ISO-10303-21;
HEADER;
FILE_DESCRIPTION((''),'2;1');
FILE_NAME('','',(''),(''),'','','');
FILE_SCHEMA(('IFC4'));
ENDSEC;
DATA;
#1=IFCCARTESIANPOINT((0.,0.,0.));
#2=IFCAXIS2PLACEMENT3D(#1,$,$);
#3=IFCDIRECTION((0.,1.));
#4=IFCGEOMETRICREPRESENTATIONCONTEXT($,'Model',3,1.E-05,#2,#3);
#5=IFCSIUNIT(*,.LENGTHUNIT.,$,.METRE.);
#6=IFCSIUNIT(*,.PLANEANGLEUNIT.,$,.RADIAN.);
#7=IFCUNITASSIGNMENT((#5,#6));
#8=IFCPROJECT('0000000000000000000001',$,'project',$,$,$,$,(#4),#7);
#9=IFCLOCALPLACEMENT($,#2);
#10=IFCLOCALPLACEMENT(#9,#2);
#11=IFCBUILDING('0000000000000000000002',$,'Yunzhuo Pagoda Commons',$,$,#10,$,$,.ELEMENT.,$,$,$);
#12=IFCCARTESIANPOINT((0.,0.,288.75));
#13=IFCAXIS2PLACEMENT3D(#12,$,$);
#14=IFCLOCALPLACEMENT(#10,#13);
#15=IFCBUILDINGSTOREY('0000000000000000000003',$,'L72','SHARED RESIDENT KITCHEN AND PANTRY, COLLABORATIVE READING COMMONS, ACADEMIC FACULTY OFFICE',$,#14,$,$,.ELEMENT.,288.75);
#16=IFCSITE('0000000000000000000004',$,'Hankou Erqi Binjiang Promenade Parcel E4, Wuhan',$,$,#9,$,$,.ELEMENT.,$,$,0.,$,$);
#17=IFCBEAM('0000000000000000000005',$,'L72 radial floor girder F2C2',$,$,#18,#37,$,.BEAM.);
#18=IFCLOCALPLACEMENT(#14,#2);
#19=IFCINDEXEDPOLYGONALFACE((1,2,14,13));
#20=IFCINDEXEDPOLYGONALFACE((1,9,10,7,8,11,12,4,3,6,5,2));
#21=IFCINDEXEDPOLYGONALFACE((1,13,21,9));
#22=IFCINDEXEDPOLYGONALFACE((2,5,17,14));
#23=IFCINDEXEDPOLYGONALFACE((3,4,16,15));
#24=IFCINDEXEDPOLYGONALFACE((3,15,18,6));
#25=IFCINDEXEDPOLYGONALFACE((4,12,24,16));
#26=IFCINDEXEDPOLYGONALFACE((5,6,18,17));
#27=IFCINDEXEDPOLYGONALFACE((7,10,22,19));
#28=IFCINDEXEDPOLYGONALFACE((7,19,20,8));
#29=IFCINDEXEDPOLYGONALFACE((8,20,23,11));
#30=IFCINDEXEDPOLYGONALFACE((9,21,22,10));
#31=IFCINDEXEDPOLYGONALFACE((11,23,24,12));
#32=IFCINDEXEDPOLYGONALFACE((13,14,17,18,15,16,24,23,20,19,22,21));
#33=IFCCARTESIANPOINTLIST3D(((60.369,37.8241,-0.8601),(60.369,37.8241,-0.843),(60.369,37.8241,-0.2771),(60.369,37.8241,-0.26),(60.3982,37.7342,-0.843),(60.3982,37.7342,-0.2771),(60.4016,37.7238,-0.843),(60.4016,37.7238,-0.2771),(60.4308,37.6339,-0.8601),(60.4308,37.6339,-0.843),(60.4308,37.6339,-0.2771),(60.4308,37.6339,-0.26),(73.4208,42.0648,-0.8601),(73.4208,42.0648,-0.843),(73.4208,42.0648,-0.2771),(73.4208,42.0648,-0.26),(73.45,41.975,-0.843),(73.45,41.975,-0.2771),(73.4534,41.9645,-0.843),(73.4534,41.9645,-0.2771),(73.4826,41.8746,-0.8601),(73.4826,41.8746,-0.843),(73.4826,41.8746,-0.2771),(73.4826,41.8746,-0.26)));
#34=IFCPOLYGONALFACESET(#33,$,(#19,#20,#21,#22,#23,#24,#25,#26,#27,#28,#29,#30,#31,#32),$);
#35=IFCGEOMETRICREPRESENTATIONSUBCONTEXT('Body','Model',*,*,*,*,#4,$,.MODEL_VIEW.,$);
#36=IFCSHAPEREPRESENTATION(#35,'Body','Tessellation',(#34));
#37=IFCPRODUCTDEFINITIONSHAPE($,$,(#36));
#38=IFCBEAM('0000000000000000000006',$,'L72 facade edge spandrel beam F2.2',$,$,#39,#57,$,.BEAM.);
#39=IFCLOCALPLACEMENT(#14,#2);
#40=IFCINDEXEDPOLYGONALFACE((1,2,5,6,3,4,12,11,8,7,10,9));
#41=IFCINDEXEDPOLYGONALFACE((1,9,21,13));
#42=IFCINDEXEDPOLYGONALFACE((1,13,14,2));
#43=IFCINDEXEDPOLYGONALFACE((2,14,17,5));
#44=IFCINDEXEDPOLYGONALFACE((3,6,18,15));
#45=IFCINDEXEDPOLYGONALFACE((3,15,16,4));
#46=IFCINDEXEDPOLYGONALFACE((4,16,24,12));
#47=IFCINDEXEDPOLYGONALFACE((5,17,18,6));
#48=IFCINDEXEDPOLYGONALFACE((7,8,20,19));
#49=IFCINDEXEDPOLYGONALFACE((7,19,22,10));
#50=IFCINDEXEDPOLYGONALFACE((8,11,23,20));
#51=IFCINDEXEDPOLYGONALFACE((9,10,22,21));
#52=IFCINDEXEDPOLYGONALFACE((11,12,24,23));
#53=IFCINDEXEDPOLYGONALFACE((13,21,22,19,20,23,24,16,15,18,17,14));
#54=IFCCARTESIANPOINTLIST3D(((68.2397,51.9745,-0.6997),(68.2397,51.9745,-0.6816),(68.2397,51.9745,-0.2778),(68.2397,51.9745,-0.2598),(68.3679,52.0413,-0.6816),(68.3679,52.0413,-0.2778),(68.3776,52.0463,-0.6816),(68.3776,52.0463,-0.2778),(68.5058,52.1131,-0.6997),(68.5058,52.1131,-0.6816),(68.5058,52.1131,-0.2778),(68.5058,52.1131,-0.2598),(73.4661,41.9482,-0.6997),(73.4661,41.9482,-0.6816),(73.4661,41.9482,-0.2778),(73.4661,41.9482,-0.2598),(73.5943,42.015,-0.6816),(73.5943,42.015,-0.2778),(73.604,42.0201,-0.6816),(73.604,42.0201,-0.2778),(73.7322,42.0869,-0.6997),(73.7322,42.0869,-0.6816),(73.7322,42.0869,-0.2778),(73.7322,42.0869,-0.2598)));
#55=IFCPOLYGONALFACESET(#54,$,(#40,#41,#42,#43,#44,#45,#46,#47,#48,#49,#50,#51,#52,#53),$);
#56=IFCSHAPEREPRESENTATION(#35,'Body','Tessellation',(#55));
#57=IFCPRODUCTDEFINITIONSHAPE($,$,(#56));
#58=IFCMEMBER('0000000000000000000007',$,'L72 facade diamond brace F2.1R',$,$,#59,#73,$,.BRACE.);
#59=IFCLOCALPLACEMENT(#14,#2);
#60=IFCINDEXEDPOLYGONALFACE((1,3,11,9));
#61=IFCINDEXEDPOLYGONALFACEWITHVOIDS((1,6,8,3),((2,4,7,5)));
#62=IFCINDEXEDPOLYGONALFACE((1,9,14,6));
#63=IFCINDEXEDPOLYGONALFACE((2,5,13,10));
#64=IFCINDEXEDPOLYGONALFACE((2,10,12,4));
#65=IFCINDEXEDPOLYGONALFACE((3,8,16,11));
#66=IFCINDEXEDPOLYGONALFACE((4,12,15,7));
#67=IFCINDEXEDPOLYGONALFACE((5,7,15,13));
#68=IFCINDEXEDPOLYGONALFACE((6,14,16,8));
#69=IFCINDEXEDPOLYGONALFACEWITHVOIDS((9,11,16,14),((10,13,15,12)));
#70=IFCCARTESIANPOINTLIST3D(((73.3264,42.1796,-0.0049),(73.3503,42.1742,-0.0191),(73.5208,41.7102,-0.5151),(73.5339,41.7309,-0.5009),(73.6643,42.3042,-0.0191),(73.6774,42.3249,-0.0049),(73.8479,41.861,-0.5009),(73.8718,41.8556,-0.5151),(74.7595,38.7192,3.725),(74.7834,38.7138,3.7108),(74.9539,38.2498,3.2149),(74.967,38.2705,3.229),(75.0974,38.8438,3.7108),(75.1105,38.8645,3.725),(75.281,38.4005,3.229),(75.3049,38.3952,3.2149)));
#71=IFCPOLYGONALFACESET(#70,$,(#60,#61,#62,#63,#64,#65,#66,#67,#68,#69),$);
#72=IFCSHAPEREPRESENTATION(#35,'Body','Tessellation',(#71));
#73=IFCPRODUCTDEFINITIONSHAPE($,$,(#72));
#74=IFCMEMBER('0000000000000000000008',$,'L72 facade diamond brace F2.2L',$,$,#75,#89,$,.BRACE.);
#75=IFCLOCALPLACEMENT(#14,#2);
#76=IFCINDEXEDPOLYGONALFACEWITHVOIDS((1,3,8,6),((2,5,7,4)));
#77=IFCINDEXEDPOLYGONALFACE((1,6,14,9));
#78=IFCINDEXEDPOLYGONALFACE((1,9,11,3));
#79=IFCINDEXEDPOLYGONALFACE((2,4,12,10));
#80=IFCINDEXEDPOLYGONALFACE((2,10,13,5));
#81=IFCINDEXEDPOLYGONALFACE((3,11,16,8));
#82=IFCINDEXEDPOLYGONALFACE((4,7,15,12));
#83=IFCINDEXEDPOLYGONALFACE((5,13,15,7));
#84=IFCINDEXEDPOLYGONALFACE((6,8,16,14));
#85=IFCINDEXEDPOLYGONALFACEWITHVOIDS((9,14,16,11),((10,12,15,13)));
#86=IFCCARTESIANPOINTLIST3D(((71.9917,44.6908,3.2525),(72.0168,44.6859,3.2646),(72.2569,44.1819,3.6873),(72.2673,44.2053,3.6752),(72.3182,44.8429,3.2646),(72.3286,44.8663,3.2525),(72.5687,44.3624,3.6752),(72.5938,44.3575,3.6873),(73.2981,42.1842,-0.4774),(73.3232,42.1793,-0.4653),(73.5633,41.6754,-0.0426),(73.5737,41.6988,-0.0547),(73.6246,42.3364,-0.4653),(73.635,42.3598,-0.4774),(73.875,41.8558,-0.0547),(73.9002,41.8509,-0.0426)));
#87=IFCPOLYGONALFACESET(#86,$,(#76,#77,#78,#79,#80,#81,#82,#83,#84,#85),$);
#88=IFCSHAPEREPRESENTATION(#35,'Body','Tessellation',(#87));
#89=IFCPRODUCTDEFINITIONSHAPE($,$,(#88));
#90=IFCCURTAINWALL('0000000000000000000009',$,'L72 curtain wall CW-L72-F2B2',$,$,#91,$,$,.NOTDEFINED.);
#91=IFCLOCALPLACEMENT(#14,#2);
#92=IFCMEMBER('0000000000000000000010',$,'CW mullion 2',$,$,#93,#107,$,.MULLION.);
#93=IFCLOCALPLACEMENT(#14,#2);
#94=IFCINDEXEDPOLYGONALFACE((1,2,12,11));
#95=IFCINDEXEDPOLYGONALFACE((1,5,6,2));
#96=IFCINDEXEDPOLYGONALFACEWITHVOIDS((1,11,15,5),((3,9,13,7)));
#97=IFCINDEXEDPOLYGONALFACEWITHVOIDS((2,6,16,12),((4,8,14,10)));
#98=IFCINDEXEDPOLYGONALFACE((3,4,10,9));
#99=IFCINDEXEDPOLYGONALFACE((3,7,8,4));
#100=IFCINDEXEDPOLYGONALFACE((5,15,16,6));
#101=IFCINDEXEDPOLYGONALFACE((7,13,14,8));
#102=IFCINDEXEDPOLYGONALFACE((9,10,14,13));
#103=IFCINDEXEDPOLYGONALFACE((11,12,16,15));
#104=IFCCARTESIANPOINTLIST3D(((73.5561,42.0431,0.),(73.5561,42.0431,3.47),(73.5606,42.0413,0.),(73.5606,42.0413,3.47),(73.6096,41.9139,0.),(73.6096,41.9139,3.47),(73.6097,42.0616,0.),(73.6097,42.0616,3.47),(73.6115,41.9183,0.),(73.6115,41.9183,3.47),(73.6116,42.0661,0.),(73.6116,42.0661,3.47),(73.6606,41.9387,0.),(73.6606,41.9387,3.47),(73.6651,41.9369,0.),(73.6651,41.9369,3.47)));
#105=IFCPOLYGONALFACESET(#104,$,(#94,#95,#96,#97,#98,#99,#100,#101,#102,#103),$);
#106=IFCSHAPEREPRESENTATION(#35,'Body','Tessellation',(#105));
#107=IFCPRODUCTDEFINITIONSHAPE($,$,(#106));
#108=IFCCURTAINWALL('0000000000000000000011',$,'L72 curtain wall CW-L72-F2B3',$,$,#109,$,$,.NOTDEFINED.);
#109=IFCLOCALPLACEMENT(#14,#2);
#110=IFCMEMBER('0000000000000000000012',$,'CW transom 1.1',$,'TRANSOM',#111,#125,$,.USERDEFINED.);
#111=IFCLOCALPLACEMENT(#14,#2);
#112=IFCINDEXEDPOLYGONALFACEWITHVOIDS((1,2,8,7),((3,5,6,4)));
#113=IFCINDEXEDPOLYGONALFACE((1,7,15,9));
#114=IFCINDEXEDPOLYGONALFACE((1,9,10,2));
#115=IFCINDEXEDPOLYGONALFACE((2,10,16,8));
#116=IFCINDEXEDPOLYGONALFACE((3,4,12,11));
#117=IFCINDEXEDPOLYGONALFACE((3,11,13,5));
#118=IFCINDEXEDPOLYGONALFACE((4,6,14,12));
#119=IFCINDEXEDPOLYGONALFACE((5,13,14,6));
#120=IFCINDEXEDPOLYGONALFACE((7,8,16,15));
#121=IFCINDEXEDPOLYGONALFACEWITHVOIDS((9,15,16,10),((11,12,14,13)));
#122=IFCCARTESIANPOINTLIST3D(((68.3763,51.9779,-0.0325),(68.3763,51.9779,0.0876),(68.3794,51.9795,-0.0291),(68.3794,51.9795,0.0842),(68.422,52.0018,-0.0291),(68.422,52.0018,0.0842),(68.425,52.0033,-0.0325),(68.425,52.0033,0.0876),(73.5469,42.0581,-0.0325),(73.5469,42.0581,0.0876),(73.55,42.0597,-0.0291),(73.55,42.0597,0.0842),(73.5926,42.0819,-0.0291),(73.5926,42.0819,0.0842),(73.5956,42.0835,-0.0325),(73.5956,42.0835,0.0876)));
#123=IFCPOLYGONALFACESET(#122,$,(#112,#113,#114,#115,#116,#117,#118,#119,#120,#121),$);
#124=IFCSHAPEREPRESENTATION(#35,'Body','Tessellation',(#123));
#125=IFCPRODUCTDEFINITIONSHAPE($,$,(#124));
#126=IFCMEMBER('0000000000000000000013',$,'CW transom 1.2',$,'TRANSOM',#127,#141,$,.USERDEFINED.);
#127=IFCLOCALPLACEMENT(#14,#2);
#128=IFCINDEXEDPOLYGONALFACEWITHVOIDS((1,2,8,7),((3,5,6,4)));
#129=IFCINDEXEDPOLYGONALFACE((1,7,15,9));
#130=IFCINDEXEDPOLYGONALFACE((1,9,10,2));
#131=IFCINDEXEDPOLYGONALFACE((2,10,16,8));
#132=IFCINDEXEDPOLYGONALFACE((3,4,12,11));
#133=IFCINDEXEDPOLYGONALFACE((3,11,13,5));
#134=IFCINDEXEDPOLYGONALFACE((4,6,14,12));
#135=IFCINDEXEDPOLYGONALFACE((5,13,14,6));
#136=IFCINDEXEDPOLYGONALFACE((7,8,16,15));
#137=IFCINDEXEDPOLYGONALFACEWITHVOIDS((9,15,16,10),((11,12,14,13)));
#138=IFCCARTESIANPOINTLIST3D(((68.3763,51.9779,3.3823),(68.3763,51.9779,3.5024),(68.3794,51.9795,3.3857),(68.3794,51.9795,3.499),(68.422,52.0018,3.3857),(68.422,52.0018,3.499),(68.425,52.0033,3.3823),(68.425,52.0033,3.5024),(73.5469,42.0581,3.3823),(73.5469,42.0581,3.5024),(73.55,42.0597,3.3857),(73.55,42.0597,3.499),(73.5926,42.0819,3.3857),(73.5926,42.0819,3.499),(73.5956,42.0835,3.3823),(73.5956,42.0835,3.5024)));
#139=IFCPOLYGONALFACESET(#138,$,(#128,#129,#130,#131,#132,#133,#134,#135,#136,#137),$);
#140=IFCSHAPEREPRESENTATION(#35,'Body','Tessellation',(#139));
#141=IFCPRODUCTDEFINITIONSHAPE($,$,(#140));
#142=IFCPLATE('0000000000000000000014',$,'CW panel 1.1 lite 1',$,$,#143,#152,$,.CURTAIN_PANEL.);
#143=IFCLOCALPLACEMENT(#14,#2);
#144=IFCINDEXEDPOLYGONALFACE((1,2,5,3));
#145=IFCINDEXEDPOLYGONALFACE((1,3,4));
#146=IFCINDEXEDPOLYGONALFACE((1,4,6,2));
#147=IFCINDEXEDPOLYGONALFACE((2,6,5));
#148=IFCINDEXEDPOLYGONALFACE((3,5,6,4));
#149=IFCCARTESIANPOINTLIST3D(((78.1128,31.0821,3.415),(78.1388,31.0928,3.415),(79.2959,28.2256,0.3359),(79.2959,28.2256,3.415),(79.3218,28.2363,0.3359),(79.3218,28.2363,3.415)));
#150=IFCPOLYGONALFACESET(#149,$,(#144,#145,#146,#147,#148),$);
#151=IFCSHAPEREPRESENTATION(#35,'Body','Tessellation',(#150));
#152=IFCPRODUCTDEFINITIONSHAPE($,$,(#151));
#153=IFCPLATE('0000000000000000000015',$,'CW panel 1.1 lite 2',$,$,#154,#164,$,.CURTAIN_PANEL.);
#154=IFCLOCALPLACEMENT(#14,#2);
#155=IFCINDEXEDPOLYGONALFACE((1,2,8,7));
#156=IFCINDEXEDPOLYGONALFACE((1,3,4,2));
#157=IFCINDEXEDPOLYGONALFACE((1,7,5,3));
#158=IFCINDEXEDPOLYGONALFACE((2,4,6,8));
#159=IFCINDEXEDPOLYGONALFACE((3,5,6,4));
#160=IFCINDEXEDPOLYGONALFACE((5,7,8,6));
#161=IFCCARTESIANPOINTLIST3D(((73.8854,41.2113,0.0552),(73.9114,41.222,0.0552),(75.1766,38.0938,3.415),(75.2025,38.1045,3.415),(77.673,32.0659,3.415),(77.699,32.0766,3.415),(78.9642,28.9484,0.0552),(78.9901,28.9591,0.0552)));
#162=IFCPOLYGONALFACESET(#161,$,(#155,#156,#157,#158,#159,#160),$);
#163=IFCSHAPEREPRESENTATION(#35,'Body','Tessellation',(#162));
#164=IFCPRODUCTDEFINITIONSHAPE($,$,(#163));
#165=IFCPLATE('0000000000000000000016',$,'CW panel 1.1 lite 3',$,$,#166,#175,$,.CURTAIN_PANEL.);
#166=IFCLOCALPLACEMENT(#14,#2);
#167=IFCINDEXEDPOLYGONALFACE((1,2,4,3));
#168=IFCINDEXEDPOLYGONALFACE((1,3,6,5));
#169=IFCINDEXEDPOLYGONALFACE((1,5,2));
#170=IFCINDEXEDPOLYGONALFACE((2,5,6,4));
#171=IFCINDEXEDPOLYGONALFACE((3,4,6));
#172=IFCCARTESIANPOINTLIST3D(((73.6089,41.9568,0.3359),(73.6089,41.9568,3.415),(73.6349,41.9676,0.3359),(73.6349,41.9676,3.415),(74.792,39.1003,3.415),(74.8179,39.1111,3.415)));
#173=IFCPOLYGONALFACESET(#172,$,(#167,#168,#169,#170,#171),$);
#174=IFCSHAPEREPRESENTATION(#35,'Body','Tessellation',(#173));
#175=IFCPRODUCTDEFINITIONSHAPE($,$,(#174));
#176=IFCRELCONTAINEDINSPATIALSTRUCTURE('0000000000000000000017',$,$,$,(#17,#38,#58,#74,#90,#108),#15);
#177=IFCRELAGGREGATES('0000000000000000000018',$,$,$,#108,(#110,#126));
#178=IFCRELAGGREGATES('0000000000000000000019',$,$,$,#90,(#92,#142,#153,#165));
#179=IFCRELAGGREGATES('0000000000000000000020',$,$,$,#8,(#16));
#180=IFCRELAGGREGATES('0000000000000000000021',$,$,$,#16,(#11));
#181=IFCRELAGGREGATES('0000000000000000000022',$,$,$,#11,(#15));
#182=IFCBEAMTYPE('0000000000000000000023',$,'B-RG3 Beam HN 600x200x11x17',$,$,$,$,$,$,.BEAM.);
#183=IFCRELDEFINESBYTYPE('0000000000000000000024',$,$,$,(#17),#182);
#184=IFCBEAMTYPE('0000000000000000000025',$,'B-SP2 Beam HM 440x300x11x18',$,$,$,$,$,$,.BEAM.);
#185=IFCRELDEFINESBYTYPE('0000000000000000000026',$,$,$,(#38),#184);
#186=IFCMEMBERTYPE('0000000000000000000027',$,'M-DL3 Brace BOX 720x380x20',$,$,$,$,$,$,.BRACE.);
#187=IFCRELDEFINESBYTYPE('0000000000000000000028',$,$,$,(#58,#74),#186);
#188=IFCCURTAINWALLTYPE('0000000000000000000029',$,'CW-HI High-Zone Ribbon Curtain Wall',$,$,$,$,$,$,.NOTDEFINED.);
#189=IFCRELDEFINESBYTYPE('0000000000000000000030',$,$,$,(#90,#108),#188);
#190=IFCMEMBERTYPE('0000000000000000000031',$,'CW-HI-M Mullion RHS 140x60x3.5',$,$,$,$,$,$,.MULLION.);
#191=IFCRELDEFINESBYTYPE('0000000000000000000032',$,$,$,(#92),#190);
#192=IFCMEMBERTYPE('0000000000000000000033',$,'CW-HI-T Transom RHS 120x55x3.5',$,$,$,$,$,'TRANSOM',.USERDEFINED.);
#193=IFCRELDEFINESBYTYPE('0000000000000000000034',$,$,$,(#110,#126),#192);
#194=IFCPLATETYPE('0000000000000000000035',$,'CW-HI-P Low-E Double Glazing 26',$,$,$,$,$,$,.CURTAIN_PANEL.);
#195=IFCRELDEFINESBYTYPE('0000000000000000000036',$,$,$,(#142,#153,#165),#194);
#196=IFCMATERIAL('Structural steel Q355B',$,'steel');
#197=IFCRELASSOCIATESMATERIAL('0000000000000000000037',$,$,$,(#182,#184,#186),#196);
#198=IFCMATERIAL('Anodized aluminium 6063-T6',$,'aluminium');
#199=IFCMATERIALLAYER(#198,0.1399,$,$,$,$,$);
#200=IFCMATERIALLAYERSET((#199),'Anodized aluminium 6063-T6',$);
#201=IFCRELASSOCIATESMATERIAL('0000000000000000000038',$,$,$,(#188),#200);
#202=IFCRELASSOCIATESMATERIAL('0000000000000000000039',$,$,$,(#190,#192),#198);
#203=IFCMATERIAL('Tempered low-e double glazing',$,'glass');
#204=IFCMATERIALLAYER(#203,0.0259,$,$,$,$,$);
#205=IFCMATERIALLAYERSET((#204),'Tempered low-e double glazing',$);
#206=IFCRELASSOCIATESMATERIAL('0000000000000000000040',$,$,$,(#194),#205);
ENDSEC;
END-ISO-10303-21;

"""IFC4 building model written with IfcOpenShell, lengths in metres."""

from ifc_helpers import new_model, si_unit, direction, frame, origin, origin_2d, place, context, subcontext, project, spatial, polyline, hollow_rectangle, i_section, outline, extrude, source, transform, mapped, material, layer, layer_set, material_profile, profile_set, type_object, element, aggregate, save


model = new_model("IFC4")

# Units and contexts
model_context = context("Model", 3, precision=1e-05, world=origin(), true_north=direction((0.0, 1.0)))
body_context = subcontext(model_context, "Body", "Model", "MODEL_VIEW")
ifc_project = project(units=[si_unit("LENGTHUNIT", "METRE"), si_unit("PLANEANGLEUNIT", "RADIAN")], contexts=[model_context])

# Site, building, storey
site_placement = place(None, origin())
site = spatial("IfcSite", under=ifc_project, at=site_placement, Name="Hankou Erqi Binjiang Promenade Parcel E4, Wuhan", CompositionType="ELEMENT", RefElevation=0.0)
building_placement = place(site_placement, origin())
building = spatial("IfcBuilding", under=site, at=building_placement, Name="Yunzhuo Pagoda Commons", CompositionType="ELEMENT")
storey_placement = place(building_placement, frame((0.0, 0.0, 288.75)))
storey = spatial("IfcBuildingStorey", under=building, at=storey_placement, Name="L72", Description="SHARED RESIDENT KITCHEN AND PANTRY, COLLABORATIVE READING COMMONS, ACADEMIC FACULTY OFFICE", CompositionType="ELEMENT", Elevation=288.75)

# Shared definitions
ifc_material_1 = material(Name="Structural steel Q355B", Category="steel")

# Beams
ifc_material_profile_1 = material_profile(ifc_material_1, i_section(OverallWidth=0.2, OverallDepth=0.6001, WebThickness=0.011, FlangeThickness=0.0171, at=origin_2d()), Name="Structural steel Q355B")
ifc_profile_set_1 = profile_set([ifc_material_profile_1], Name="Structural steel Q355B")
beam_type_1 = type_object("IfcBeamType", Name="B-RG3 Beam HN 600x200x11x17", PredefinedType="BEAM", material=ifc_profile_set_1)
shared_shape_1 = source(origin(), body_context, "Body", "SweptSolid", [
    extrude(i_section(OverallWidth=0.2, OverallDepth=0.6001, WebThickness=0.011, FlangeThickness=0.0171, at=origin_2d()), origin(), (0.0, 0.0, 1.0), 13.7234),
])
beam_1_placement = place(storey_placement, frame((73.4517, 41.9697, -0.5601), z_axis=(-0.951058, -0.309014, 0.0), x_axis=(0.309014, -0.951058, 0.0)))
element("IfcBeam", 1, at=beam_1_placement, inside=storey, type_object=beam_type_1, Name="L72 radial floor girder F2C2", PredefinedType="BEAM", context=body_context, shape_type="MappedRepresentation", body=[
    mapped(shared_shape_1, transform((0.0, 0.0, 0.0), scale=1.0)),
])
ifc_material_profile_2 = material_profile(ifc_material_1, i_section(OverallWidth=0.3, OverallDepth=0.4399, WebThickness=0.011, FlangeThickness=0.0181, at=origin_2d()), Name="Structural steel Q355B")
ifc_profile_set_2 = profile_set([ifc_material_profile_2], Name="Structural steel Q355B")
beam_type_2 = type_object("IfcBeamType", Name="B-SP2 Beam HM 440x300x11x18", PredefinedType="BEAM", material=ifc_profile_set_2)
shared_shape_2 = source(origin(), body_context, "Body", "SweptSolid", [
    extrude(i_section(OverallWidth=0.3, OverallDepth=0.4399, WebThickness=0.011, FlangeThickness=0.0181, at=origin_2d()), origin(), (0.0, 0.0, 1.0), 11.3066),
])
beam_2_placement = place(storey_placement, frame((73.5991, 42.0176, -0.4797), z_axis=(-0.462239, 0.886755, 0.0), x_axis=(-0.886755, -0.462239, 0.0)))
element("IfcBeam", 2, at=beam_2_placement, inside=storey, type_object=beam_type_2, Name="L72 facade edge spandrel beam F2.2", PredefinedType="BEAM", context=body_context, shape_type="MappedRepresentation", body=[
    mapped(shared_shape_2, transform((0.0, 0.0, 0.0), scale=1.0)),
])

# Members
ifc_material_profile_3 = material_profile(ifc_material_1, hollow_rectangle(XDim=0.3799, YDim=0.72, WallThickness=0.02, at=origin_2d()), Name="Structural steel Q355B")
ifc_profile_set_3 = profile_set([ifc_material_profile_3], Name="Structural steel Q355B")
member_type_1 = type_object("IfcMemberType", Name="M-DL3 Brace BOX 720x380x20", PredefinedType="BRACE", material=ifc_profile_set_3)
shared_shape_3 = source(origin(), body_context, "Body", "SweptSolid", [
    extrude(hollow_rectangle(XDim=0.3799, YDim=0.72, WallThickness=0.02, at=origin_2d()), origin(), (0.0, 0.0, 1.0), 5.2859),
])
member_1_placement = place(storey_placement, frame((73.5991, 42.0176, -0.26), z_axis=(0.271116, -0.654651, 0.705641), x_axis=(0.923904, 0.382624, 0.0)))
element("IfcMember", 3, at=member_1_placement, inside=storey, type_object=member_type_1, Name="L72 facade diamond brace F2.1R", PredefinedType="BRACE", context=body_context, shape_type="MappedRepresentation", body=[
    mapped(shared_shape_3, transform((0.0, 0.0, 0.0), scale=1.0)),
])
shared_shape_4 = source(origin(), body_context, "Body", "SweptSolid", [
    extrude(hollow_rectangle(XDim=0.3799, YDim=0.72, WallThickness=0.02, at=origin_2d()), origin(), (0.0, 0.0, 1.0), 4.6799),
])
member_2_placement = place(storey_placement, frame((73.5991, 42.0176, -0.26), z_axis=(-0.279144, 0.535596, 0.797004), x_axis=(-0.886787, -0.462179, 0.0)))
element("IfcMember", 4, at=member_2_placement, inside=storey, type_object=member_type_1, Name="L72 facade diamond brace F2.2L", PredefinedType="BRACE", context=body_context, shape_type="MappedRepresentation", body=[
    mapped(shared_shape_4, transform((0.0, 0.0, 0.0), scale=1.0)),
])

# Curtain wall, member
ifc_material_2 = material(Name="Anodized aluminium 6063-T6", Category="aluminium")
ifc_layer_1 = layer(ifc_material_2, 0.1399)
ifc_layer_set_1 = layer_set([ifc_layer_1], Name="Anodized aluminium 6063-T6")
curtain_wall_type = type_object("IfcCurtainWallType", Name="CW-HI High-Zone Ribbon Curtain Wall", PredefinedType="NOTDEFINED", material=ifc_layer_set_1)
curtain_wall_1_placement = place(storey_placement, origin())
curtain_wall_1 = element("IfcCurtainWall", 5, at=curtain_wall_1_placement, inside=storey, type_object=curtain_wall_type, Name="L72 curtain wall CW-L72-F2B2", PredefinedType="NOTDEFINED")
ifc_material_profile_4 = material_profile(ifc_material_2, hollow_rectangle(XDim=0.0601, YDim=0.1399, WallThickness=0.0034, at=origin_2d()), Name="Anodized aluminium 6063-T6")
ifc_profile_set_4 = profile_set([ifc_material_profile_4], Name="Anodized aluminium 6063-T6")
member_type_2 = type_object("IfcMemberType", Name="CW-HI-M Mullion RHS 140x60x3.5", PredefinedType="MULLION", material=ifc_profile_set_4)
shared_shape_5 = source(origin(), body_context, "Body", "SweptSolid", [
    extrude(hollow_rectangle(XDim=0.0601, YDim=0.1399, WallThickness=0.0034, at=origin_2d()), origin(), (0.0, 0.0, 1.0), 3.47),
])
member_3_placement = place(storey_placement, frame((73.6106, 41.99, 0.0), z_axis=(0.0, 0.0, 1.0), x_axis=(-0.923899, -0.382636, 0.0)))
member_3 = element("IfcMember", 6, at=member_3_placement, type_object=member_type_2, Name="CW mullion 2", PredefinedType="MULLION", context=body_context, shape_type="MappedRepresentation", body=[
    mapped(shared_shape_5, transform((0.0, 0.0, 0.0), scale=1.0)),
])

# Curtain wall, members
curtain_wall_2_placement = place(storey_placement, origin())
curtain_wall_2 = element("IfcCurtainWall", 7, at=curtain_wall_2_placement, inside=storey, type_object=curtain_wall_type, Name="L72 curtain wall CW-L72-F2B3", PredefinedType="NOTDEFINED")
ifc_material_profile_5 = material_profile(ifc_material_2, hollow_rectangle(XDim=0.0549, YDim=0.1201, WallThickness=0.0034, at=origin_2d()), Name="Anodized aluminium 6063-T6")
ifc_profile_set_5 = profile_set([ifc_material_profile_5], Name="Anodized aluminium 6063-T6")
member_type_3 = type_object("IfcMemberType", Name="CW-HI-T Transom RHS 120x55x3.5", ElementType="TRANSOM", PredefinedType="USERDEFINED", material=ifc_profile_set_5)
shared_shape_6 = source(origin(), body_context, "Body", "SweptSolid", [
    extrude(hollow_rectangle(XDim=0.0549, YDim=0.1201, WallThickness=0.0034, at=origin_2d()), origin(), (0.0, 0.0, 1.0), 11.1865),
])
member_4_placement = place(storey_placement, frame((73.5713, 42.0708, 0.0276), z_axis=(-0.462218, 0.886767, 0.0), x_axis=(-0.886767, -0.462218, 0.0)))
member_4 = element("IfcMember", 8, at=member_4_placement, type_object=member_type_3, Name="CW transom 1.1", ObjectType="TRANSOM", PredefinedType="USERDEFINED", context=body_context, shape_type="MappedRepresentation", body=[
    mapped(shared_shape_6, transform((0.0, 0.0, 0.0), scale=1.0)),
])
member_5_placement = place(storey_placement, frame((73.5713, 42.0708, 3.4424), z_axis=(-0.462218, 0.886767, 0.0), x_axis=(-0.886767, -0.462218, 0.0)))
member_5 = element("IfcMember", 9, at=member_5_placement, type_object=member_type_3, Name="CW transom 1.2", ObjectType="TRANSOM", PredefinedType="USERDEFINED", context=body_context, shape_type="MappedRepresentation", body=[
    mapped(shared_shape_6, transform((0.0, 0.0, 0.0), scale=1.0)),
])
aggregate(curtain_wall_2, [member_4, member_5])

# Plates
ifc_material_3 = material(Name="Tempered low-e double glazing", Category="glass")
ifc_layer_2 = layer(ifc_material_3, 0.0259)
ifc_layer_set_2 = layer_set([ifc_layer_2], Name="Tempered low-e double glazing")
plate_type_1 = type_object("IfcPlateType", Name="CW-HI-P Low-E Double Glazing 26", PredefinedType="CURTAIN_PANEL", material=ifc_layer_set_2)
plate_1_placement = place(storey_placement, frame((78.7043, 29.6538, 1.8755), z_axis=(0.923899, 0.382636, 0.0), x_axis=(-0.382636, 0.923899, 0.0)))
plate_1 = element("IfcPlate", 10, at=plate_1_placement, type_object=plate_type_1, Name="CW panel 1.1 lite 1", PredefinedType="CURTAIN_PANEL", context=body_context, shape_type="SweptSolid", body=[
    extrude(outline(polyline([(-1.5459, -1.5396), (1.5459, 1.5396), (-1.5459, 1.5396), (-1.5459, -1.5396)])), origin(), (0.0, 0.0, 1.0), 0.0281),
])
plate_2_placement = place(storey_placement, frame((76.4248, 35.0798, 1.7351), z_axis=(0.923899, 0.382636, 0.0), x_axis=(-0.382636, 0.923899, 0.0)))
plate_2 = element("IfcPlate", 11, at=plate_2_placement, type_object=plate_type_1, Name="CW panel 1.1 lite 2", PredefinedType="CURTAIN_PANEL", context=body_context, shape_type="SweptSolid", body=[
    extrude(outline(polyline([(-6.6365, -1.6799), (6.6365, -1.6799), (3.2622, 1.6799), (-3.2622, 1.6799), (-6.6365, -1.6799)])), origin(), (0.0, 0.0, 1.0), 0.0281),
])
plate_3_placement = place(storey_placement, frame((74.2004, 40.5286, 1.8755), z_axis=(0.923899, 0.382636, 0.0), x_axis=(-0.382636, 0.923899, 0.0)))
plate_3 = element("IfcPlate", 12, at=plate_3_placement, type_object=plate_type_1, Name="CW panel 1.1 lite 3", PredefinedType="CURTAIN_PANEL", context=body_context, shape_type="SweptSolid", body=[
    extrude(outline(polyline([(-1.5459, 1.5396), (1.5459, -1.5396), (1.5459, 1.5396), (-1.5459, 1.5396)])), origin(), (0.0, 0.0, 1.0), 0.0281),
])
aggregate(curtain_wall_1, [member_3, plate_1, plate_2, plate_3])

save(model, "model.ifc")
